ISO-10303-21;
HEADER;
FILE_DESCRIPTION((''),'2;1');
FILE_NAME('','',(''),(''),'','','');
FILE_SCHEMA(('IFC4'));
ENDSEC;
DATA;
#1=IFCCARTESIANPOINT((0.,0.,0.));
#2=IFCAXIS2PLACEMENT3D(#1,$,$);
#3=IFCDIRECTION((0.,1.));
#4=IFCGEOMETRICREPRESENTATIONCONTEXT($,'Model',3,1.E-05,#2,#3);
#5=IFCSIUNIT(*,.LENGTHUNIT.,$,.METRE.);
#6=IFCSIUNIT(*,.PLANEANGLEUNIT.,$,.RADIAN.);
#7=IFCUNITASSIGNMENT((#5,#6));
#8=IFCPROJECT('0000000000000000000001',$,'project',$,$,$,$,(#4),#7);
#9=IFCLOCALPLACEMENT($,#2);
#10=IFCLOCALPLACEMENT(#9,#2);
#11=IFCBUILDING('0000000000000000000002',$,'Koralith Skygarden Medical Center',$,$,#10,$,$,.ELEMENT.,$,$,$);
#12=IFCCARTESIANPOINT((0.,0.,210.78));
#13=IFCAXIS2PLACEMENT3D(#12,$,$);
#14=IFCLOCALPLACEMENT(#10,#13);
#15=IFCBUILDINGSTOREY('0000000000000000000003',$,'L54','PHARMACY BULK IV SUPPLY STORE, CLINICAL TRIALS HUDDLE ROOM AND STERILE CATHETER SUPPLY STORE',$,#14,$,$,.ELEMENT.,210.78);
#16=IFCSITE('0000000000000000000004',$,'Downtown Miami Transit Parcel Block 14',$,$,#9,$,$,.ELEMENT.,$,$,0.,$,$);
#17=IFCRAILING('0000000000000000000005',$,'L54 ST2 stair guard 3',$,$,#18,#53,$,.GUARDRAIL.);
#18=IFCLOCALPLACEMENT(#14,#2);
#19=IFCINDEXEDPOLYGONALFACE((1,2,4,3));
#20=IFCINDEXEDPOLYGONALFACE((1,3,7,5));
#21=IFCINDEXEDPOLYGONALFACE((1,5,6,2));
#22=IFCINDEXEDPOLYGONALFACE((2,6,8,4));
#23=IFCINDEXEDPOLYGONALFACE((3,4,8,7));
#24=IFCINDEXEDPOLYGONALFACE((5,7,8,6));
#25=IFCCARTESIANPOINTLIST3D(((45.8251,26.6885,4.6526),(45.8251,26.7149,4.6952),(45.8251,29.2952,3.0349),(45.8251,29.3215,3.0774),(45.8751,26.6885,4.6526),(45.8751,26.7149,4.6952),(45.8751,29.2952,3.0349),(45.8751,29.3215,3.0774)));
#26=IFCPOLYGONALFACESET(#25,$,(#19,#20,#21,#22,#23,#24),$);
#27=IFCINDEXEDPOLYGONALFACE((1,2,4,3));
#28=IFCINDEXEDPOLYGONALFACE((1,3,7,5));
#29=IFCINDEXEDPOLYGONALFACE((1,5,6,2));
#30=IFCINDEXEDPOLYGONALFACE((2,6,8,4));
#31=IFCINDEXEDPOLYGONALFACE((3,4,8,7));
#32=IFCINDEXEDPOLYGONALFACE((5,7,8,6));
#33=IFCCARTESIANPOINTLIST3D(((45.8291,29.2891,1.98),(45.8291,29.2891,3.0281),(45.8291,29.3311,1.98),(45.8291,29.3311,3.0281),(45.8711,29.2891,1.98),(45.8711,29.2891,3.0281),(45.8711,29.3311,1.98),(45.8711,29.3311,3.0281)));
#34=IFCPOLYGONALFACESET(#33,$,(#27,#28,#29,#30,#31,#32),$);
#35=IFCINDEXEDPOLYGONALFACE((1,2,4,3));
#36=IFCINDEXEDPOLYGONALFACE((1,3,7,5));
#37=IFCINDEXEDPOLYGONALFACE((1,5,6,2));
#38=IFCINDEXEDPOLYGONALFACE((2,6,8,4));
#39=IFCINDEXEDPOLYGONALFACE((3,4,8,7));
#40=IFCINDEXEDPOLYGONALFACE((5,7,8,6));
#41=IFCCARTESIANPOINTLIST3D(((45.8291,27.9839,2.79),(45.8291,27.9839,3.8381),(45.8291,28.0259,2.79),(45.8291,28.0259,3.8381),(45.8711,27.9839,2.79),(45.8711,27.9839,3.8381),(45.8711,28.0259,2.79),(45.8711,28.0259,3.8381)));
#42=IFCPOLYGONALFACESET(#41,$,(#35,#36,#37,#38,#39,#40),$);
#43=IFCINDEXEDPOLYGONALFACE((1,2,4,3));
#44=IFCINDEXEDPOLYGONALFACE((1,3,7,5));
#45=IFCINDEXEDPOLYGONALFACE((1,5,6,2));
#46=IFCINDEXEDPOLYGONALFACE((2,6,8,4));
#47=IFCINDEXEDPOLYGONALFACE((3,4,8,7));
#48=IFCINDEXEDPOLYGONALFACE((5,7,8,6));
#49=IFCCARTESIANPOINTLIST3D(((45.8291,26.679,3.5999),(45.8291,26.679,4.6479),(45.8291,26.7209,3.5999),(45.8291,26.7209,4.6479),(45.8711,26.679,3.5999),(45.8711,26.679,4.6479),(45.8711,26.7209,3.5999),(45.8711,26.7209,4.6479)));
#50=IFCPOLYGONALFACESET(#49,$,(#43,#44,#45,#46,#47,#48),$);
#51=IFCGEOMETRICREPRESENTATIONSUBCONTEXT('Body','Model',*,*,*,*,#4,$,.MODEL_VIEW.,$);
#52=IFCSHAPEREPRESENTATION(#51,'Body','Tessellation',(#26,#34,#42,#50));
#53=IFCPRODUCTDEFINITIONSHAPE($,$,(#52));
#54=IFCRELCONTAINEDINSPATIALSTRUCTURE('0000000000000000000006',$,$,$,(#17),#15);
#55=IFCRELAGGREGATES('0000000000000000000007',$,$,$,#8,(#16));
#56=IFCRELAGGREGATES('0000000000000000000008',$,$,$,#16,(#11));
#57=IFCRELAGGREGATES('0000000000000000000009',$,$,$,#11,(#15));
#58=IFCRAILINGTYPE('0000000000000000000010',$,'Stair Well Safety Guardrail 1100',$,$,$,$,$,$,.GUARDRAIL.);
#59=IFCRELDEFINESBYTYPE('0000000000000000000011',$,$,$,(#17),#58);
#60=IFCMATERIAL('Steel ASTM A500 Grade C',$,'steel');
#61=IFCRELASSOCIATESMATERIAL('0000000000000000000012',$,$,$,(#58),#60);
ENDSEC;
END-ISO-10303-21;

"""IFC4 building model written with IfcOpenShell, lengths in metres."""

from ifc_helpers import new_model, si_unit, direction, frame, origin, origin_2d, place, context, subcontext, project, spatial, rectangle, extrude, material, type_object, element, save


model = new_model("IFC4")

# Units and contexts
model_context = context("Model", 3, precision=1e-05, world=origin(), true_north=direction((0.0, 1.0)))
body_context = subcontext(model_context, "Body", "Model", "MODEL_VIEW")
ifc_project = project(units=[si_unit("LENGTHUNIT", "METRE"), si_unit("PLANEANGLEUNIT", "RADIAN")], contexts=[model_context])

# Site, building, storey
site_placement = place(None, origin())
site = spatial("IfcSite", under=ifc_project, at=site_placement, Name="Downtown Miami Transit Parcel Block 14", CompositionType="ELEMENT", RefElevation=0.0)
building_placement = place(site_placement, origin())
building = spatial("IfcBuilding", under=site, at=building_placement, Name="Koralith Skygarden Medical Center", CompositionType="ELEMENT")
storey_placement = place(building_placement, frame((0.0, 0.0, 210.78)))
storey = spatial("IfcBuildingStorey", under=building, at=storey_placement, Name="L54", Description="PHARMACY BULK IV SUPPLY STORE, CLINICAL TRIALS HUDDLE ROOM AND STERILE CATHETER SUPPLY STORE", CompositionType="ELEMENT", Elevation=210.78)

# Shared definitions
ifc_material_1 = material(Name="Steel ASTM A500 Grade C", Category="steel")

# Railing
railing_type_1 = type_object("IfcRailingType", Name="Stair Well Safety Guardrail 1100", PredefinedType="GUARDRAIL", material=ifc_material_1)
railing_1_placement = place(storey_placement, frame((45.8501, 29.3101, 1.98)))
element("IfcRailing", 1, at=railing_1_placement, inside=storey, type_object=railing_type_1, Name="L54 ST2 stair guard 3", PredefinedType="GUARDRAIL", context=body_context, shape_type="SweptSolid", body=[
    extrude(rectangle(XDim=0.05, YDim=0.05, at=origin_2d()), frame((0.0, -0.0017, 1.0762), z_axis=(0.0, -0.849668, 0.527317), x_axis=(1.0, 0.0, 0.0)), (0.0, 0.0, 1.0), 3.0679),
    extrude(rectangle(XDim=0.042, YDim=0.042, at=origin_2d()), origin(), (0.0, 0.0, 1.0), 1.0481),
    extrude(rectangle(XDim=0.042, YDim=0.042, at=origin_2d()), frame((0.0, -1.3052, 0.8101)), (0.0, 0.0, 1.0), 1.0481),
    extrude(rectangle(XDim=0.042, YDim=0.042, at=origin_2d()), frame((0.0, -2.6101, 1.6199)), (0.0, 0.0, 1.0), 1.0481),
])

save(model, "model.ifc")
